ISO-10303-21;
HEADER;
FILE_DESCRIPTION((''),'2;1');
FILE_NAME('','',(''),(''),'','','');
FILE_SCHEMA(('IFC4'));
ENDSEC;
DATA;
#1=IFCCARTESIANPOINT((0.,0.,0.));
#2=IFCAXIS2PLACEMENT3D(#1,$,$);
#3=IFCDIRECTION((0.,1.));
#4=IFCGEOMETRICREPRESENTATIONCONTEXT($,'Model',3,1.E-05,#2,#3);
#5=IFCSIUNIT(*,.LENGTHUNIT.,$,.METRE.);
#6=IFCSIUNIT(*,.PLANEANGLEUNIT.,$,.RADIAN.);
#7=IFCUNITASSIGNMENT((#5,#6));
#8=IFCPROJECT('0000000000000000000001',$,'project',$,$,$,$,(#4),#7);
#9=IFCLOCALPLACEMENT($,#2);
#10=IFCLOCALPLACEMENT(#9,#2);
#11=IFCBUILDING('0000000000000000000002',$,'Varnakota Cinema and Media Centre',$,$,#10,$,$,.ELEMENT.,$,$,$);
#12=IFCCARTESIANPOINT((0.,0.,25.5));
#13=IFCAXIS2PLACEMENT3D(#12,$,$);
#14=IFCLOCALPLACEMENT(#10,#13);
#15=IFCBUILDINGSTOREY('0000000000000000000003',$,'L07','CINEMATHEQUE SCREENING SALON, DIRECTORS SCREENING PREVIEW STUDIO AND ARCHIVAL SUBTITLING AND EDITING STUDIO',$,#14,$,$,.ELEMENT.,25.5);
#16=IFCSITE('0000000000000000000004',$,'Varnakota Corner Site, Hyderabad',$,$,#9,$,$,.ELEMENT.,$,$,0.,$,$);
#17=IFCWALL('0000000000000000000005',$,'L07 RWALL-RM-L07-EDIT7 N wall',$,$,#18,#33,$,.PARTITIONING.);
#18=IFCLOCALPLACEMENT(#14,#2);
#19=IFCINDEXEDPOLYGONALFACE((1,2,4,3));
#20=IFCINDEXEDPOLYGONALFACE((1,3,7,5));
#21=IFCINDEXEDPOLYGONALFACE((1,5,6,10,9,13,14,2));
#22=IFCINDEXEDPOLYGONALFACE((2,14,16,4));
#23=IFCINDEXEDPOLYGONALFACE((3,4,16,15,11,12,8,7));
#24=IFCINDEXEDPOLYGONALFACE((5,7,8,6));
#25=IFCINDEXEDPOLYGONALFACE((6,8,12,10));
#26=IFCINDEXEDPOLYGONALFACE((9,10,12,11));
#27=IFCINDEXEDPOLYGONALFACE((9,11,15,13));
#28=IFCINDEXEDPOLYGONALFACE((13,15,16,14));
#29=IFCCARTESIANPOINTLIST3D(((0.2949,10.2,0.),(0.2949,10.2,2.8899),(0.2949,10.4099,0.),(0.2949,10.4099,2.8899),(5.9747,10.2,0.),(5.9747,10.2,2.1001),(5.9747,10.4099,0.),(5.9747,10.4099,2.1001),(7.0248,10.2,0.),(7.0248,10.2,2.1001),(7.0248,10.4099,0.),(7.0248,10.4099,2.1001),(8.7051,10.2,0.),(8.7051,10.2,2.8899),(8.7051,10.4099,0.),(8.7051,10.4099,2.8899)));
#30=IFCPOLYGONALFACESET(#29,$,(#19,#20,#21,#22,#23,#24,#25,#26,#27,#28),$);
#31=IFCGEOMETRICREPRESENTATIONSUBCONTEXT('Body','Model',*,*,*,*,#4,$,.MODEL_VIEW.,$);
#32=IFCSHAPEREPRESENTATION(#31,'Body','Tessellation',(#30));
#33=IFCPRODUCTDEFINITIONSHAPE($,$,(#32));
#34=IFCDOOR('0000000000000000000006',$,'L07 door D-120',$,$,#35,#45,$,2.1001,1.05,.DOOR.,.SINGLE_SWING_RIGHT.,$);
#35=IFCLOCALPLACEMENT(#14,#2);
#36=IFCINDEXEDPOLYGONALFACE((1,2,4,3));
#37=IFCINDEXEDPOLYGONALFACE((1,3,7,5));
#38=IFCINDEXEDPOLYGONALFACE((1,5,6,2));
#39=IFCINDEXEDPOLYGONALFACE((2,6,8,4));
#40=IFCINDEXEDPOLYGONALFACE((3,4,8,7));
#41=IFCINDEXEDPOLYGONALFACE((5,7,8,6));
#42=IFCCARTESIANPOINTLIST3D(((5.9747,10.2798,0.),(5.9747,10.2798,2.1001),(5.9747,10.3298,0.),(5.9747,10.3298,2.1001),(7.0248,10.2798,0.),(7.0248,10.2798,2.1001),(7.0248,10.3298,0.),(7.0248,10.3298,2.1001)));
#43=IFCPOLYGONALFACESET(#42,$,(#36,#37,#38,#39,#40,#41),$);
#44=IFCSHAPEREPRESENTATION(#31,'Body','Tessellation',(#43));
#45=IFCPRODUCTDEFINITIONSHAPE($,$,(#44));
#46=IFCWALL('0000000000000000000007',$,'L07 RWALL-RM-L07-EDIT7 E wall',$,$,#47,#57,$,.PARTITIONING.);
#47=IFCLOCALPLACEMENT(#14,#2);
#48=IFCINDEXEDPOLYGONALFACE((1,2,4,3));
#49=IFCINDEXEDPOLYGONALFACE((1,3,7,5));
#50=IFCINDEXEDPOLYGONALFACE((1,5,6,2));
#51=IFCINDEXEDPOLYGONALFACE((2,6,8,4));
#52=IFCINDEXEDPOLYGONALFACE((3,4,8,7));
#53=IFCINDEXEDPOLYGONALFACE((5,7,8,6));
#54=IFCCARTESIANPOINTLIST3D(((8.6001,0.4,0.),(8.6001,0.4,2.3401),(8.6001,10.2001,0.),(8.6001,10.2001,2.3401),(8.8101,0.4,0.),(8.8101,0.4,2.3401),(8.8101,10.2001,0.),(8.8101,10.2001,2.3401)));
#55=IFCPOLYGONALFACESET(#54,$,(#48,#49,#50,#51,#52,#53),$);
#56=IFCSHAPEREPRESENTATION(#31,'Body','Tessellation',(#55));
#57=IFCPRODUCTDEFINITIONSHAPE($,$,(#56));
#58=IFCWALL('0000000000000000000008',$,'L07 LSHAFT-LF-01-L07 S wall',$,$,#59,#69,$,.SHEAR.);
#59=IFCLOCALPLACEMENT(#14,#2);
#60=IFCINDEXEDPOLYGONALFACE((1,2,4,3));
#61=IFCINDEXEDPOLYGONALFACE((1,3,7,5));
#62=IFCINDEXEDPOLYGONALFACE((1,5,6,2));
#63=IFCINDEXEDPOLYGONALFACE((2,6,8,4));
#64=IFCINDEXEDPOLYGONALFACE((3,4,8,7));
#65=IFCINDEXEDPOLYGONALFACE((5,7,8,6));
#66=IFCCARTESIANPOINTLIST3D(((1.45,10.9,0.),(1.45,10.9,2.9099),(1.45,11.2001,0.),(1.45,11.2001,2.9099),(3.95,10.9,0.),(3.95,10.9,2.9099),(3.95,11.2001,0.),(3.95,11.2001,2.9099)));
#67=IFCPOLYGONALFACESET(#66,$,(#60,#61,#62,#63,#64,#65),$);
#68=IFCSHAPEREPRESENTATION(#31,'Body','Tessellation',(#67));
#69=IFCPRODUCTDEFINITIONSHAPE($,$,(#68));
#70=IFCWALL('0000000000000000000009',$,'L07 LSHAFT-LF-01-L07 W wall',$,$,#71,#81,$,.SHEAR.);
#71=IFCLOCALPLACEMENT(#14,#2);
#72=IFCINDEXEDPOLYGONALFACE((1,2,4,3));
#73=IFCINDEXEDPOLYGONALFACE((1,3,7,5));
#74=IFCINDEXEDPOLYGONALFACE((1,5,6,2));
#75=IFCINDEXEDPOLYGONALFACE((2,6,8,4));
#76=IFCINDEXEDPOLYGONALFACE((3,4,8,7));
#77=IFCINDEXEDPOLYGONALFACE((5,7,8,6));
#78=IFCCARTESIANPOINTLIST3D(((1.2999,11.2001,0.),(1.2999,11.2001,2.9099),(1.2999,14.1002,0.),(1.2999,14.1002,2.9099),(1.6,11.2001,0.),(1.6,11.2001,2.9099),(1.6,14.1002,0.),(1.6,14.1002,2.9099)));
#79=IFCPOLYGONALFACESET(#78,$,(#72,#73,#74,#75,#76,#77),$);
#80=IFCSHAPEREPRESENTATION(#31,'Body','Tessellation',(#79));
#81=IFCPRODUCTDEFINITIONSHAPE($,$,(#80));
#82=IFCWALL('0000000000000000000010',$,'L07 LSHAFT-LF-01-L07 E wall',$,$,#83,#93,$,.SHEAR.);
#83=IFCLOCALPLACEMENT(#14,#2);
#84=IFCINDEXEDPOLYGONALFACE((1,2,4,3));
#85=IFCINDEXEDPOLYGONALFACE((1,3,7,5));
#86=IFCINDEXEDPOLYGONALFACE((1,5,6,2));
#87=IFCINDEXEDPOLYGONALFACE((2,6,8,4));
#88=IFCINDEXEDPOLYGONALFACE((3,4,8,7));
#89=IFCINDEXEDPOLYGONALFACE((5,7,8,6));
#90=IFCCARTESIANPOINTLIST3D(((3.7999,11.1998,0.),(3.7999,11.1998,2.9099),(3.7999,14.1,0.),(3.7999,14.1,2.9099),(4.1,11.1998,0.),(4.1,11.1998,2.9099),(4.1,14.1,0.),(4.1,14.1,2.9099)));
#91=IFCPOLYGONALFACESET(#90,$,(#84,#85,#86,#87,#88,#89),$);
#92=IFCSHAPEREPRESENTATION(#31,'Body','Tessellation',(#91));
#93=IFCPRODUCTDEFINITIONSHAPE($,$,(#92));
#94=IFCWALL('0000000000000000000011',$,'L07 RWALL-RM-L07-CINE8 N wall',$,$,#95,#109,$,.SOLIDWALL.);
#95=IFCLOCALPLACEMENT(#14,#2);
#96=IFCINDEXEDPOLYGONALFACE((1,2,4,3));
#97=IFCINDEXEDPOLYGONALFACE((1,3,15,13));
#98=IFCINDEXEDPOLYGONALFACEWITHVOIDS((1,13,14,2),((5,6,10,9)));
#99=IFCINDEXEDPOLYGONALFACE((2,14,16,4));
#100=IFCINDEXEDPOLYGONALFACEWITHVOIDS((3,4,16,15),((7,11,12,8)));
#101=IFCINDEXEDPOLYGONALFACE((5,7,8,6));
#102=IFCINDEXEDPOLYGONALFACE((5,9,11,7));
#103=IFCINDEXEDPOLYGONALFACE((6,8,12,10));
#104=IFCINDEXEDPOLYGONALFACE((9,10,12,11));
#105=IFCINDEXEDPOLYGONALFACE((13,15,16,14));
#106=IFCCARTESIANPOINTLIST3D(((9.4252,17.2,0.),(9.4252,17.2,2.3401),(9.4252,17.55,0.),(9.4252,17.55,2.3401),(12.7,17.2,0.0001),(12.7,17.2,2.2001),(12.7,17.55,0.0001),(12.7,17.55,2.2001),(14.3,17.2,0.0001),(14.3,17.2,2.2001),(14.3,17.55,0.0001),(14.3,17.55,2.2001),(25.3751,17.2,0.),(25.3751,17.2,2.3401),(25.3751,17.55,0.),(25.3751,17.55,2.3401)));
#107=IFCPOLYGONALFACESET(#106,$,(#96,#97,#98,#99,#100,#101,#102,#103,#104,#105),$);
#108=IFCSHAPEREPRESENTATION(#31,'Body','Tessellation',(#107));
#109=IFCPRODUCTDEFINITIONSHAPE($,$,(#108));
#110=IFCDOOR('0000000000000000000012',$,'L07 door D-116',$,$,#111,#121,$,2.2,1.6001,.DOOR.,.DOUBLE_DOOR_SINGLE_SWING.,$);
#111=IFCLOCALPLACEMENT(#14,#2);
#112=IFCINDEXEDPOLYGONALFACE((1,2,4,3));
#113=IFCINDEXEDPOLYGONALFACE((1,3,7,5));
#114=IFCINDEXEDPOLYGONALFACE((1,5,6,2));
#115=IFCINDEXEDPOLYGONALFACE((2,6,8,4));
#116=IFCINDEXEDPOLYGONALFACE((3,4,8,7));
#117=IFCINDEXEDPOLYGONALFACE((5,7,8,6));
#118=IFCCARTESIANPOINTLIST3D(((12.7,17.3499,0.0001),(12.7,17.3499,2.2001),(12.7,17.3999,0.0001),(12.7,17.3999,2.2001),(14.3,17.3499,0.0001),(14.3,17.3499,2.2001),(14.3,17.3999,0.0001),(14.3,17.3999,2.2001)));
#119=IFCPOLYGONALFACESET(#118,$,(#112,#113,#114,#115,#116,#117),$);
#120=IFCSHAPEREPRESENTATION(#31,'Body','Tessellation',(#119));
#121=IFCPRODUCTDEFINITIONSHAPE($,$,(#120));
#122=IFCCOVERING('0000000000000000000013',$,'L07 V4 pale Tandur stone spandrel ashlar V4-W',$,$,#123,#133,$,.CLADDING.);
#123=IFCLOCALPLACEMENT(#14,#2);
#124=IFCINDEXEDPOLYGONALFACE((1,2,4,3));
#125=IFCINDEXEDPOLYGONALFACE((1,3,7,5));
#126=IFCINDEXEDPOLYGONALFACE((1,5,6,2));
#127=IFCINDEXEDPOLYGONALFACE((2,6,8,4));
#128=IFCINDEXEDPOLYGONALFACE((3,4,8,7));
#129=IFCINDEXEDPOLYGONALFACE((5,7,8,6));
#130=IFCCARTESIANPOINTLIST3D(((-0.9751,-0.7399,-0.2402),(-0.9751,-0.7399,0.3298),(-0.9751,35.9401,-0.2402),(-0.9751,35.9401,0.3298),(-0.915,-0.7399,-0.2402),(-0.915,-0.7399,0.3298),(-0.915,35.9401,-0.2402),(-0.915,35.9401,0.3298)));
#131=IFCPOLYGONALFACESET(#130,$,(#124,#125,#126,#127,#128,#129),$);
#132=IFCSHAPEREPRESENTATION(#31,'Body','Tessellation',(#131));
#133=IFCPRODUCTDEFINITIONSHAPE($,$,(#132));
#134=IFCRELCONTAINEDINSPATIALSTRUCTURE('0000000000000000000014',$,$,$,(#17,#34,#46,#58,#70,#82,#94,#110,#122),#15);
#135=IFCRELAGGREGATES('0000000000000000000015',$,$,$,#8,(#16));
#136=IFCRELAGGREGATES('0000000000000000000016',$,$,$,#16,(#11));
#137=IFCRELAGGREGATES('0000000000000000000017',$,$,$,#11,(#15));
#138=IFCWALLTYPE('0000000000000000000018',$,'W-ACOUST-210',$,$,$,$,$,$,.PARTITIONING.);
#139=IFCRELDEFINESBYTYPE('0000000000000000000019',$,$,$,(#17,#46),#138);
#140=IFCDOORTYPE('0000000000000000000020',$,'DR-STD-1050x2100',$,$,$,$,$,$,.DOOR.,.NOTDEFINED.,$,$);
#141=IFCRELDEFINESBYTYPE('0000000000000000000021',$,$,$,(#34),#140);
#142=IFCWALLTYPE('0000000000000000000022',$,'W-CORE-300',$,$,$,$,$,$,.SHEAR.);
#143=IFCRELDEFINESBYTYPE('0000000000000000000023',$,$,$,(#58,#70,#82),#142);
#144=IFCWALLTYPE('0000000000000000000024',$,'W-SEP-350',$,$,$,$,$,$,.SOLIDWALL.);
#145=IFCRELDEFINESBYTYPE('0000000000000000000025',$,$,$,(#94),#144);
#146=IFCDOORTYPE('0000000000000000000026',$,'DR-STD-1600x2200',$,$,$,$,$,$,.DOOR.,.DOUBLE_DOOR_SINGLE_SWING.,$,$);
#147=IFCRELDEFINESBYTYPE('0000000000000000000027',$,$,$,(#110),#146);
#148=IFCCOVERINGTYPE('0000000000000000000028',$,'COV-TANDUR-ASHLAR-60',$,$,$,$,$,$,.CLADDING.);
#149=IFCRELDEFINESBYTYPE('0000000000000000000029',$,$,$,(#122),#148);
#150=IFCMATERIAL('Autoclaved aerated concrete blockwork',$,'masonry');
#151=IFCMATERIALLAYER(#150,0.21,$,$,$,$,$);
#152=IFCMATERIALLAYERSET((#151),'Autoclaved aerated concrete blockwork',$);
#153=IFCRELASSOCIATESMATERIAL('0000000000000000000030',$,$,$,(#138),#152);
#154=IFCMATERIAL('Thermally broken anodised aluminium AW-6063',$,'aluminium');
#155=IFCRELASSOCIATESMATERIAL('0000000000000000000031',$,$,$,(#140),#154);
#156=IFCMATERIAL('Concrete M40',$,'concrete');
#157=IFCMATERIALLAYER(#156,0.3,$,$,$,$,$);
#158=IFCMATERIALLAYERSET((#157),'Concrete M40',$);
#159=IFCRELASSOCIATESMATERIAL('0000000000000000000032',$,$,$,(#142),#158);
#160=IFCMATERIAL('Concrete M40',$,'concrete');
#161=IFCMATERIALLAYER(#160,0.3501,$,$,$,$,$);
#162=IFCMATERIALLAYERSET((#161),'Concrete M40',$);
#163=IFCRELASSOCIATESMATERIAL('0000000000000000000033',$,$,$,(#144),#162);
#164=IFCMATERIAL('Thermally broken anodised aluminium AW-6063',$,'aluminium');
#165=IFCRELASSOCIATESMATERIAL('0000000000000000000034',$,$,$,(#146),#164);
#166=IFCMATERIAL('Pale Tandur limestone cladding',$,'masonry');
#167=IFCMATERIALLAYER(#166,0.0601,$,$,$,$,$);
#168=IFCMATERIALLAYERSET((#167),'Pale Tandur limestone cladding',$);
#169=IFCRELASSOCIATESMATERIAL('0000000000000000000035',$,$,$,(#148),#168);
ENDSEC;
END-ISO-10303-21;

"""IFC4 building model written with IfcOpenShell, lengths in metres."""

from ifc_helpers import new_model, si_unit, direction, frame, frame_2d, origin, origin_2d, place, context, subcontext, project, spatial, rectangle, extrude, material, layer, layer_set, type_object, element, fill, save


model = new_model("IFC4")

# Units and contexts
model_context = context("Model", 3, precision=1e-05, world=origin(), true_north=direction((0.0, 1.0)))
body_context = subcontext(model_context, "Body", "Model", "MODEL_VIEW")
ifc_project = project(units=[si_unit("LENGTHUNIT", "METRE"), si_unit("PLANEANGLEUNIT", "RADIAN")], contexts=[model_context])

# Site, building, storey
site_placement = place(None, origin())
site = spatial("IfcSite", under=ifc_project, at=site_placement, Name="Varnakota Corner Site, Hyderabad", CompositionType="ELEMENT", RefElevation=0.0)
building_placement = place(site_placement, origin())
building = spatial("IfcBuilding", under=site, at=building_placement, Name="Varnakota Cinema and Media Centre", CompositionType="ELEMENT")
storey_placement = place(building_placement, frame((0.0, 0.0, 25.5)))
storey = spatial("IfcBuildingStorey", under=building, at=storey_placement, Name="L07", Description="CINEMATHEQUE SCREENING SALON, DIRECTORS SCREENING PREVIEW STUDIO AND ARCHIVAL SUBTITLING AND EDITING STUDIO", CompositionType="ELEMENT", Elevation=25.5)

# Shared definitions
ifc_material_1 = material(Name="Autoclaved aerated concrete blockwork", Category="masonry")
ifc_layer_1 = layer(ifc_material_1, 0.21)
ifc_layer_set_1 = layer_set([ifc_layer_1], Name="Autoclaved aerated concrete blockwork")
wall_type_1 = type_object("IfcWallType", Name="W-ACOUST-210", PredefinedType="PARTITIONING", material=ifc_layer_set_1)

# Wall, opening, door
wall_1_placement = place(storey_placement, frame((0.2949, 10.3049, 0.0), z_axis=(0.0, 0.0, 1.0), x_axis=(1.0, 0.0, 0.0)))
wall_1 = element("IfcWall", 1, at=wall_1_placement, inside=storey, type_object=wall_type_1, Name="L07 RWALL-RM-L07-EDIT7 N wall", PredefinedType="PARTITIONING", context=body_context, shape_type="SweptSolid", body=[
    extrude(rectangle(XDim=8.4102, YDim=0.21, at=frame_2d((4.2051, 0.0))), origin(), (0.0, 0.0, 1.0), 2.8899),
])
opening_1_placement = place(wall_1_placement, frame((5.6799, 0.0, 0.0)))
opening_1 = element("IfcOpeningElement", 2, at=opening_1_placement, cuts=wall_1, PredefinedType="OPENING", context=body_context, shape_type="SweptSolid", body=[
    extrude(rectangle(XDim=1.05, YDim=2.1001, at=frame_2d((0.5249, 1.05))), frame((0.0, 0.105, 0.0), z_axis=(0.0, -1.0, 0.0), x_axis=(1.0, 0.0, 0.0)), (0.0, 0.0, 1.0), 0.21),
])
ifc_material_2 = material(Name="Thermally broken anodised aluminium AW-6063", Category="aluminium")
door_type_1 = type_object("IfcDoorType", Name="DR-STD-1050x2100", OperationType="NOTDEFINED", PredefinedType="DOOR", material=ifc_material_2)
door_1_placement = place(opening_1_placement, origin())
door_1 = element("IfcDoor", 3, at=door_1_placement, inside=storey, type_object=door_type_1, Name="L07 door D-120", OperationType="SINGLE_SWING_RIGHT", OverallHeight=2.1001, OverallWidth=1.05, PredefinedType="DOOR", context=body_context, shape_type="SweptSolid", body=[
    extrude(rectangle(XDim=1.05, YDim=2.1001, at=frame_2d((0.5249, 1.05))), frame((0.0, 0.0249, 0.0), z_axis=(0.0, -1.0, 0.0), x_axis=(1.0, 0.0, 0.0)), (0.0, 0.0, 1.0), 0.05),
])
fill(opening_1, door_1)

# Walls
wall_2_placement = place(storey_placement, frame((8.7051, 10.2, 0.0), z_axis=(0.0, 0.0, 1.0), x_axis=(0.0, -1.0, 0.0)))
element("IfcWall", 4, at=wall_2_placement, inside=storey, type_object=wall_type_1, Name="L07 RWALL-RM-L07-EDIT7 E wall", PredefinedType="PARTITIONING", context=body_context, shape_type="SweptSolid", body=[
    extrude(rectangle(XDim=9.8, YDim=0.21, at=frame_2d((4.8999, 0.0))), origin(), (0.0, 0.0, 1.0), 2.3401),
])
ifc_material_3 = material(Name="Concrete M40", Category="concrete")
ifc_layer_2 = layer(ifc_material_3, 0.3)
ifc_layer_set_2 = layer_set([ifc_layer_2], Name="Concrete M40")
wall_type_2 = type_object("IfcWallType", Name="W-CORE-300", PredefinedType="SHEAR", material=ifc_layer_set_2)
wall_3_placement = place(storey_placement, frame((3.95, 11.05, 0.0), z_axis=(0.0, 0.0, 1.0), x_axis=(-1.0, 0.0, 0.0)))
element("IfcWall", 5, at=wall_3_placement, inside=storey, type_object=wall_type_2, Name="L07 LSHAFT-LF-01-L07 S wall", PredefinedType="SHEAR", context=body_context, shape_type="SweptSolid", body=[
    extrude(rectangle(XDim=2.5, YDim=0.3, at=frame_2d((1.25, 0.0))), origin(), (0.0, 0.0, 1.0), 2.9099),
])
wall_4_placement = place(storey_placement, frame((1.45, 11.2, 0.0), z_axis=(0.0, 0.0, 1.0), x_axis=(0.0, 1.0, 0.0)))
element("IfcWall", 6, at=wall_4_placement, inside=storey, type_object=wall_type_2, Name="L07 LSHAFT-LF-01-L07 W wall", PredefinedType="SHEAR", context=body_context, shape_type="SweptSolid", body=[
    extrude(rectangle(XDim=2.9001, YDim=0.3, at=frame_2d((1.4502, 0.0))), origin(), (0.0, 0.0, 1.0), 2.9099),
])

# Wall
wall_5_placement = place(storey_placement, frame((3.95, 14.1001, 0.0), z_axis=(0.0, 0.0, 1.0), x_axis=(0.0, -1.0, 0.0)))
element("IfcWall", 7, at=wall_5_placement, inside=storey, type_object=wall_type_2, Name="L07 LSHAFT-LF-01-L07 E wall", PredefinedType="SHEAR", context=body_context, shape_type="SweptSolid", body=[
    extrude(rectangle(XDim=2.9001, YDim=0.3, at=frame_2d((1.4502, 0.0))), origin(), (0.0, 0.0, 1.0), 2.9099),
])

# Wall, opening, door
ifc_material_4 = material(Name="Concrete M40", Category="concrete")
ifc_layer_3 = layer(ifc_material_4, 0.3501)
ifc_layer_set_3 = layer_set([ifc_layer_3], Name="Concrete M40")
wall_type_3 = type_object("IfcWallType", Name="W-SEP-350", PredefinedType="SOLIDWALL", material=ifc_layer_set_3)
wall_6_placement = place(storey_placement, frame((9.425, 17.375, 0.0), z_axis=(0.0, 0.0, 1.0), x_axis=(1.0, 0.0, 0.0)))
wall_6 = element("IfcWall", 8, at=wall_6_placement, inside=storey, type_object=wall_type_3, Name="L07 RWALL-RM-L07-CINE8 N wall", PredefinedType="SOLIDWALL", context=body_context, shape_type="SweptSolid", body=[
    extrude(rectangle(XDim=15.95, YDim=0.3501, at=frame_2d((7.9751, 0.0))), origin(), (0.0, 0.0, 1.0), 2.3401),
])
opening_2_placement = place(wall_6_placement, frame((3.2749, 0.0, 0.0)))
opening_2 = element("IfcOpeningElement", 9, at=opening_2_placement, cuts=wall_6, PredefinedType="OPENING", context=body_context, shape_type="SweptSolid", body=[
    extrude(rectangle(XDim=1.6001, YDim=2.2, at=frame_2d((0.8, 1.1001))), frame((0.0, 0.175, 0.0), z_axis=(0.0, -1.0, 0.0), x_axis=(1.0, 0.0, 0.0)), (0.0, 0.0, 1.0), 0.3501),
])
ifc_material_5 = material(Name="Thermally broken anodised aluminium AW-6063", Category="aluminium")
door_type_2 = type_object("IfcDoorType", Name="DR-STD-1600x2200", OperationType="DOUBLE_DOOR_SINGLE_SWING", PredefinedType="DOOR", material=ifc_material_5)
door_2_placement = place(opening_2_placement, origin())
door_2 = element("IfcDoor", 10, at=door_2_placement, inside=storey, type_object=door_type_2, Name="L07 door D-116", OperationType="DOUBLE_DOOR_SINGLE_SWING", OverallHeight=2.2, OverallWidth=1.6001, PredefinedType="DOOR", context=body_context, shape_type="SweptSolid", body=[
    extrude(rectangle(XDim=1.6001, YDim=2.2, at=frame_2d((0.8, 1.1001))), frame((0.0, 0.0249, 0.0), z_axis=(0.0, -1.0, 0.0), x_axis=(1.0, 0.0, 0.0)), (0.0, 0.0, 1.0), 0.05),
])
fill(opening_2, door_2)

# Covering
ifc_material_6 = material(Name="Pale Tandur limestone cladding", Category="masonry")
ifc_layer_4 = layer(ifc_material_6, 0.0601)
ifc_layer_set_4 = layer_set([ifc_layer_4], Name="Pale Tandur limestone cladding")
covering_type = type_object("IfcCoveringType", Name="COV-TANDUR-ASHLAR-60", PredefinedType="CLADDING", material=ifc_layer_set_4)
covering_placement = place(storey_placement, frame((-0.9451, 17.6001, -0.2402), z_axis=(0.0, 0.0, 1.0), x_axis=(0.0, 1.0, 0.0)))
element("IfcCovering", 11, at=covering_placement, inside=storey, type_object=covering_type, Name="L07 V4 pale Tandur stone spandrel ashlar V4-W", PredefinedType="CLADDING", context=body_context, shape_type="SweptSolid", body=[
    extrude(rectangle(XDim=36.6799, YDim=0.0601, at=origin_2d()), origin(), (0.0, 0.0, 1.0), 0.5701),
])

save(model, "model.ifc")
